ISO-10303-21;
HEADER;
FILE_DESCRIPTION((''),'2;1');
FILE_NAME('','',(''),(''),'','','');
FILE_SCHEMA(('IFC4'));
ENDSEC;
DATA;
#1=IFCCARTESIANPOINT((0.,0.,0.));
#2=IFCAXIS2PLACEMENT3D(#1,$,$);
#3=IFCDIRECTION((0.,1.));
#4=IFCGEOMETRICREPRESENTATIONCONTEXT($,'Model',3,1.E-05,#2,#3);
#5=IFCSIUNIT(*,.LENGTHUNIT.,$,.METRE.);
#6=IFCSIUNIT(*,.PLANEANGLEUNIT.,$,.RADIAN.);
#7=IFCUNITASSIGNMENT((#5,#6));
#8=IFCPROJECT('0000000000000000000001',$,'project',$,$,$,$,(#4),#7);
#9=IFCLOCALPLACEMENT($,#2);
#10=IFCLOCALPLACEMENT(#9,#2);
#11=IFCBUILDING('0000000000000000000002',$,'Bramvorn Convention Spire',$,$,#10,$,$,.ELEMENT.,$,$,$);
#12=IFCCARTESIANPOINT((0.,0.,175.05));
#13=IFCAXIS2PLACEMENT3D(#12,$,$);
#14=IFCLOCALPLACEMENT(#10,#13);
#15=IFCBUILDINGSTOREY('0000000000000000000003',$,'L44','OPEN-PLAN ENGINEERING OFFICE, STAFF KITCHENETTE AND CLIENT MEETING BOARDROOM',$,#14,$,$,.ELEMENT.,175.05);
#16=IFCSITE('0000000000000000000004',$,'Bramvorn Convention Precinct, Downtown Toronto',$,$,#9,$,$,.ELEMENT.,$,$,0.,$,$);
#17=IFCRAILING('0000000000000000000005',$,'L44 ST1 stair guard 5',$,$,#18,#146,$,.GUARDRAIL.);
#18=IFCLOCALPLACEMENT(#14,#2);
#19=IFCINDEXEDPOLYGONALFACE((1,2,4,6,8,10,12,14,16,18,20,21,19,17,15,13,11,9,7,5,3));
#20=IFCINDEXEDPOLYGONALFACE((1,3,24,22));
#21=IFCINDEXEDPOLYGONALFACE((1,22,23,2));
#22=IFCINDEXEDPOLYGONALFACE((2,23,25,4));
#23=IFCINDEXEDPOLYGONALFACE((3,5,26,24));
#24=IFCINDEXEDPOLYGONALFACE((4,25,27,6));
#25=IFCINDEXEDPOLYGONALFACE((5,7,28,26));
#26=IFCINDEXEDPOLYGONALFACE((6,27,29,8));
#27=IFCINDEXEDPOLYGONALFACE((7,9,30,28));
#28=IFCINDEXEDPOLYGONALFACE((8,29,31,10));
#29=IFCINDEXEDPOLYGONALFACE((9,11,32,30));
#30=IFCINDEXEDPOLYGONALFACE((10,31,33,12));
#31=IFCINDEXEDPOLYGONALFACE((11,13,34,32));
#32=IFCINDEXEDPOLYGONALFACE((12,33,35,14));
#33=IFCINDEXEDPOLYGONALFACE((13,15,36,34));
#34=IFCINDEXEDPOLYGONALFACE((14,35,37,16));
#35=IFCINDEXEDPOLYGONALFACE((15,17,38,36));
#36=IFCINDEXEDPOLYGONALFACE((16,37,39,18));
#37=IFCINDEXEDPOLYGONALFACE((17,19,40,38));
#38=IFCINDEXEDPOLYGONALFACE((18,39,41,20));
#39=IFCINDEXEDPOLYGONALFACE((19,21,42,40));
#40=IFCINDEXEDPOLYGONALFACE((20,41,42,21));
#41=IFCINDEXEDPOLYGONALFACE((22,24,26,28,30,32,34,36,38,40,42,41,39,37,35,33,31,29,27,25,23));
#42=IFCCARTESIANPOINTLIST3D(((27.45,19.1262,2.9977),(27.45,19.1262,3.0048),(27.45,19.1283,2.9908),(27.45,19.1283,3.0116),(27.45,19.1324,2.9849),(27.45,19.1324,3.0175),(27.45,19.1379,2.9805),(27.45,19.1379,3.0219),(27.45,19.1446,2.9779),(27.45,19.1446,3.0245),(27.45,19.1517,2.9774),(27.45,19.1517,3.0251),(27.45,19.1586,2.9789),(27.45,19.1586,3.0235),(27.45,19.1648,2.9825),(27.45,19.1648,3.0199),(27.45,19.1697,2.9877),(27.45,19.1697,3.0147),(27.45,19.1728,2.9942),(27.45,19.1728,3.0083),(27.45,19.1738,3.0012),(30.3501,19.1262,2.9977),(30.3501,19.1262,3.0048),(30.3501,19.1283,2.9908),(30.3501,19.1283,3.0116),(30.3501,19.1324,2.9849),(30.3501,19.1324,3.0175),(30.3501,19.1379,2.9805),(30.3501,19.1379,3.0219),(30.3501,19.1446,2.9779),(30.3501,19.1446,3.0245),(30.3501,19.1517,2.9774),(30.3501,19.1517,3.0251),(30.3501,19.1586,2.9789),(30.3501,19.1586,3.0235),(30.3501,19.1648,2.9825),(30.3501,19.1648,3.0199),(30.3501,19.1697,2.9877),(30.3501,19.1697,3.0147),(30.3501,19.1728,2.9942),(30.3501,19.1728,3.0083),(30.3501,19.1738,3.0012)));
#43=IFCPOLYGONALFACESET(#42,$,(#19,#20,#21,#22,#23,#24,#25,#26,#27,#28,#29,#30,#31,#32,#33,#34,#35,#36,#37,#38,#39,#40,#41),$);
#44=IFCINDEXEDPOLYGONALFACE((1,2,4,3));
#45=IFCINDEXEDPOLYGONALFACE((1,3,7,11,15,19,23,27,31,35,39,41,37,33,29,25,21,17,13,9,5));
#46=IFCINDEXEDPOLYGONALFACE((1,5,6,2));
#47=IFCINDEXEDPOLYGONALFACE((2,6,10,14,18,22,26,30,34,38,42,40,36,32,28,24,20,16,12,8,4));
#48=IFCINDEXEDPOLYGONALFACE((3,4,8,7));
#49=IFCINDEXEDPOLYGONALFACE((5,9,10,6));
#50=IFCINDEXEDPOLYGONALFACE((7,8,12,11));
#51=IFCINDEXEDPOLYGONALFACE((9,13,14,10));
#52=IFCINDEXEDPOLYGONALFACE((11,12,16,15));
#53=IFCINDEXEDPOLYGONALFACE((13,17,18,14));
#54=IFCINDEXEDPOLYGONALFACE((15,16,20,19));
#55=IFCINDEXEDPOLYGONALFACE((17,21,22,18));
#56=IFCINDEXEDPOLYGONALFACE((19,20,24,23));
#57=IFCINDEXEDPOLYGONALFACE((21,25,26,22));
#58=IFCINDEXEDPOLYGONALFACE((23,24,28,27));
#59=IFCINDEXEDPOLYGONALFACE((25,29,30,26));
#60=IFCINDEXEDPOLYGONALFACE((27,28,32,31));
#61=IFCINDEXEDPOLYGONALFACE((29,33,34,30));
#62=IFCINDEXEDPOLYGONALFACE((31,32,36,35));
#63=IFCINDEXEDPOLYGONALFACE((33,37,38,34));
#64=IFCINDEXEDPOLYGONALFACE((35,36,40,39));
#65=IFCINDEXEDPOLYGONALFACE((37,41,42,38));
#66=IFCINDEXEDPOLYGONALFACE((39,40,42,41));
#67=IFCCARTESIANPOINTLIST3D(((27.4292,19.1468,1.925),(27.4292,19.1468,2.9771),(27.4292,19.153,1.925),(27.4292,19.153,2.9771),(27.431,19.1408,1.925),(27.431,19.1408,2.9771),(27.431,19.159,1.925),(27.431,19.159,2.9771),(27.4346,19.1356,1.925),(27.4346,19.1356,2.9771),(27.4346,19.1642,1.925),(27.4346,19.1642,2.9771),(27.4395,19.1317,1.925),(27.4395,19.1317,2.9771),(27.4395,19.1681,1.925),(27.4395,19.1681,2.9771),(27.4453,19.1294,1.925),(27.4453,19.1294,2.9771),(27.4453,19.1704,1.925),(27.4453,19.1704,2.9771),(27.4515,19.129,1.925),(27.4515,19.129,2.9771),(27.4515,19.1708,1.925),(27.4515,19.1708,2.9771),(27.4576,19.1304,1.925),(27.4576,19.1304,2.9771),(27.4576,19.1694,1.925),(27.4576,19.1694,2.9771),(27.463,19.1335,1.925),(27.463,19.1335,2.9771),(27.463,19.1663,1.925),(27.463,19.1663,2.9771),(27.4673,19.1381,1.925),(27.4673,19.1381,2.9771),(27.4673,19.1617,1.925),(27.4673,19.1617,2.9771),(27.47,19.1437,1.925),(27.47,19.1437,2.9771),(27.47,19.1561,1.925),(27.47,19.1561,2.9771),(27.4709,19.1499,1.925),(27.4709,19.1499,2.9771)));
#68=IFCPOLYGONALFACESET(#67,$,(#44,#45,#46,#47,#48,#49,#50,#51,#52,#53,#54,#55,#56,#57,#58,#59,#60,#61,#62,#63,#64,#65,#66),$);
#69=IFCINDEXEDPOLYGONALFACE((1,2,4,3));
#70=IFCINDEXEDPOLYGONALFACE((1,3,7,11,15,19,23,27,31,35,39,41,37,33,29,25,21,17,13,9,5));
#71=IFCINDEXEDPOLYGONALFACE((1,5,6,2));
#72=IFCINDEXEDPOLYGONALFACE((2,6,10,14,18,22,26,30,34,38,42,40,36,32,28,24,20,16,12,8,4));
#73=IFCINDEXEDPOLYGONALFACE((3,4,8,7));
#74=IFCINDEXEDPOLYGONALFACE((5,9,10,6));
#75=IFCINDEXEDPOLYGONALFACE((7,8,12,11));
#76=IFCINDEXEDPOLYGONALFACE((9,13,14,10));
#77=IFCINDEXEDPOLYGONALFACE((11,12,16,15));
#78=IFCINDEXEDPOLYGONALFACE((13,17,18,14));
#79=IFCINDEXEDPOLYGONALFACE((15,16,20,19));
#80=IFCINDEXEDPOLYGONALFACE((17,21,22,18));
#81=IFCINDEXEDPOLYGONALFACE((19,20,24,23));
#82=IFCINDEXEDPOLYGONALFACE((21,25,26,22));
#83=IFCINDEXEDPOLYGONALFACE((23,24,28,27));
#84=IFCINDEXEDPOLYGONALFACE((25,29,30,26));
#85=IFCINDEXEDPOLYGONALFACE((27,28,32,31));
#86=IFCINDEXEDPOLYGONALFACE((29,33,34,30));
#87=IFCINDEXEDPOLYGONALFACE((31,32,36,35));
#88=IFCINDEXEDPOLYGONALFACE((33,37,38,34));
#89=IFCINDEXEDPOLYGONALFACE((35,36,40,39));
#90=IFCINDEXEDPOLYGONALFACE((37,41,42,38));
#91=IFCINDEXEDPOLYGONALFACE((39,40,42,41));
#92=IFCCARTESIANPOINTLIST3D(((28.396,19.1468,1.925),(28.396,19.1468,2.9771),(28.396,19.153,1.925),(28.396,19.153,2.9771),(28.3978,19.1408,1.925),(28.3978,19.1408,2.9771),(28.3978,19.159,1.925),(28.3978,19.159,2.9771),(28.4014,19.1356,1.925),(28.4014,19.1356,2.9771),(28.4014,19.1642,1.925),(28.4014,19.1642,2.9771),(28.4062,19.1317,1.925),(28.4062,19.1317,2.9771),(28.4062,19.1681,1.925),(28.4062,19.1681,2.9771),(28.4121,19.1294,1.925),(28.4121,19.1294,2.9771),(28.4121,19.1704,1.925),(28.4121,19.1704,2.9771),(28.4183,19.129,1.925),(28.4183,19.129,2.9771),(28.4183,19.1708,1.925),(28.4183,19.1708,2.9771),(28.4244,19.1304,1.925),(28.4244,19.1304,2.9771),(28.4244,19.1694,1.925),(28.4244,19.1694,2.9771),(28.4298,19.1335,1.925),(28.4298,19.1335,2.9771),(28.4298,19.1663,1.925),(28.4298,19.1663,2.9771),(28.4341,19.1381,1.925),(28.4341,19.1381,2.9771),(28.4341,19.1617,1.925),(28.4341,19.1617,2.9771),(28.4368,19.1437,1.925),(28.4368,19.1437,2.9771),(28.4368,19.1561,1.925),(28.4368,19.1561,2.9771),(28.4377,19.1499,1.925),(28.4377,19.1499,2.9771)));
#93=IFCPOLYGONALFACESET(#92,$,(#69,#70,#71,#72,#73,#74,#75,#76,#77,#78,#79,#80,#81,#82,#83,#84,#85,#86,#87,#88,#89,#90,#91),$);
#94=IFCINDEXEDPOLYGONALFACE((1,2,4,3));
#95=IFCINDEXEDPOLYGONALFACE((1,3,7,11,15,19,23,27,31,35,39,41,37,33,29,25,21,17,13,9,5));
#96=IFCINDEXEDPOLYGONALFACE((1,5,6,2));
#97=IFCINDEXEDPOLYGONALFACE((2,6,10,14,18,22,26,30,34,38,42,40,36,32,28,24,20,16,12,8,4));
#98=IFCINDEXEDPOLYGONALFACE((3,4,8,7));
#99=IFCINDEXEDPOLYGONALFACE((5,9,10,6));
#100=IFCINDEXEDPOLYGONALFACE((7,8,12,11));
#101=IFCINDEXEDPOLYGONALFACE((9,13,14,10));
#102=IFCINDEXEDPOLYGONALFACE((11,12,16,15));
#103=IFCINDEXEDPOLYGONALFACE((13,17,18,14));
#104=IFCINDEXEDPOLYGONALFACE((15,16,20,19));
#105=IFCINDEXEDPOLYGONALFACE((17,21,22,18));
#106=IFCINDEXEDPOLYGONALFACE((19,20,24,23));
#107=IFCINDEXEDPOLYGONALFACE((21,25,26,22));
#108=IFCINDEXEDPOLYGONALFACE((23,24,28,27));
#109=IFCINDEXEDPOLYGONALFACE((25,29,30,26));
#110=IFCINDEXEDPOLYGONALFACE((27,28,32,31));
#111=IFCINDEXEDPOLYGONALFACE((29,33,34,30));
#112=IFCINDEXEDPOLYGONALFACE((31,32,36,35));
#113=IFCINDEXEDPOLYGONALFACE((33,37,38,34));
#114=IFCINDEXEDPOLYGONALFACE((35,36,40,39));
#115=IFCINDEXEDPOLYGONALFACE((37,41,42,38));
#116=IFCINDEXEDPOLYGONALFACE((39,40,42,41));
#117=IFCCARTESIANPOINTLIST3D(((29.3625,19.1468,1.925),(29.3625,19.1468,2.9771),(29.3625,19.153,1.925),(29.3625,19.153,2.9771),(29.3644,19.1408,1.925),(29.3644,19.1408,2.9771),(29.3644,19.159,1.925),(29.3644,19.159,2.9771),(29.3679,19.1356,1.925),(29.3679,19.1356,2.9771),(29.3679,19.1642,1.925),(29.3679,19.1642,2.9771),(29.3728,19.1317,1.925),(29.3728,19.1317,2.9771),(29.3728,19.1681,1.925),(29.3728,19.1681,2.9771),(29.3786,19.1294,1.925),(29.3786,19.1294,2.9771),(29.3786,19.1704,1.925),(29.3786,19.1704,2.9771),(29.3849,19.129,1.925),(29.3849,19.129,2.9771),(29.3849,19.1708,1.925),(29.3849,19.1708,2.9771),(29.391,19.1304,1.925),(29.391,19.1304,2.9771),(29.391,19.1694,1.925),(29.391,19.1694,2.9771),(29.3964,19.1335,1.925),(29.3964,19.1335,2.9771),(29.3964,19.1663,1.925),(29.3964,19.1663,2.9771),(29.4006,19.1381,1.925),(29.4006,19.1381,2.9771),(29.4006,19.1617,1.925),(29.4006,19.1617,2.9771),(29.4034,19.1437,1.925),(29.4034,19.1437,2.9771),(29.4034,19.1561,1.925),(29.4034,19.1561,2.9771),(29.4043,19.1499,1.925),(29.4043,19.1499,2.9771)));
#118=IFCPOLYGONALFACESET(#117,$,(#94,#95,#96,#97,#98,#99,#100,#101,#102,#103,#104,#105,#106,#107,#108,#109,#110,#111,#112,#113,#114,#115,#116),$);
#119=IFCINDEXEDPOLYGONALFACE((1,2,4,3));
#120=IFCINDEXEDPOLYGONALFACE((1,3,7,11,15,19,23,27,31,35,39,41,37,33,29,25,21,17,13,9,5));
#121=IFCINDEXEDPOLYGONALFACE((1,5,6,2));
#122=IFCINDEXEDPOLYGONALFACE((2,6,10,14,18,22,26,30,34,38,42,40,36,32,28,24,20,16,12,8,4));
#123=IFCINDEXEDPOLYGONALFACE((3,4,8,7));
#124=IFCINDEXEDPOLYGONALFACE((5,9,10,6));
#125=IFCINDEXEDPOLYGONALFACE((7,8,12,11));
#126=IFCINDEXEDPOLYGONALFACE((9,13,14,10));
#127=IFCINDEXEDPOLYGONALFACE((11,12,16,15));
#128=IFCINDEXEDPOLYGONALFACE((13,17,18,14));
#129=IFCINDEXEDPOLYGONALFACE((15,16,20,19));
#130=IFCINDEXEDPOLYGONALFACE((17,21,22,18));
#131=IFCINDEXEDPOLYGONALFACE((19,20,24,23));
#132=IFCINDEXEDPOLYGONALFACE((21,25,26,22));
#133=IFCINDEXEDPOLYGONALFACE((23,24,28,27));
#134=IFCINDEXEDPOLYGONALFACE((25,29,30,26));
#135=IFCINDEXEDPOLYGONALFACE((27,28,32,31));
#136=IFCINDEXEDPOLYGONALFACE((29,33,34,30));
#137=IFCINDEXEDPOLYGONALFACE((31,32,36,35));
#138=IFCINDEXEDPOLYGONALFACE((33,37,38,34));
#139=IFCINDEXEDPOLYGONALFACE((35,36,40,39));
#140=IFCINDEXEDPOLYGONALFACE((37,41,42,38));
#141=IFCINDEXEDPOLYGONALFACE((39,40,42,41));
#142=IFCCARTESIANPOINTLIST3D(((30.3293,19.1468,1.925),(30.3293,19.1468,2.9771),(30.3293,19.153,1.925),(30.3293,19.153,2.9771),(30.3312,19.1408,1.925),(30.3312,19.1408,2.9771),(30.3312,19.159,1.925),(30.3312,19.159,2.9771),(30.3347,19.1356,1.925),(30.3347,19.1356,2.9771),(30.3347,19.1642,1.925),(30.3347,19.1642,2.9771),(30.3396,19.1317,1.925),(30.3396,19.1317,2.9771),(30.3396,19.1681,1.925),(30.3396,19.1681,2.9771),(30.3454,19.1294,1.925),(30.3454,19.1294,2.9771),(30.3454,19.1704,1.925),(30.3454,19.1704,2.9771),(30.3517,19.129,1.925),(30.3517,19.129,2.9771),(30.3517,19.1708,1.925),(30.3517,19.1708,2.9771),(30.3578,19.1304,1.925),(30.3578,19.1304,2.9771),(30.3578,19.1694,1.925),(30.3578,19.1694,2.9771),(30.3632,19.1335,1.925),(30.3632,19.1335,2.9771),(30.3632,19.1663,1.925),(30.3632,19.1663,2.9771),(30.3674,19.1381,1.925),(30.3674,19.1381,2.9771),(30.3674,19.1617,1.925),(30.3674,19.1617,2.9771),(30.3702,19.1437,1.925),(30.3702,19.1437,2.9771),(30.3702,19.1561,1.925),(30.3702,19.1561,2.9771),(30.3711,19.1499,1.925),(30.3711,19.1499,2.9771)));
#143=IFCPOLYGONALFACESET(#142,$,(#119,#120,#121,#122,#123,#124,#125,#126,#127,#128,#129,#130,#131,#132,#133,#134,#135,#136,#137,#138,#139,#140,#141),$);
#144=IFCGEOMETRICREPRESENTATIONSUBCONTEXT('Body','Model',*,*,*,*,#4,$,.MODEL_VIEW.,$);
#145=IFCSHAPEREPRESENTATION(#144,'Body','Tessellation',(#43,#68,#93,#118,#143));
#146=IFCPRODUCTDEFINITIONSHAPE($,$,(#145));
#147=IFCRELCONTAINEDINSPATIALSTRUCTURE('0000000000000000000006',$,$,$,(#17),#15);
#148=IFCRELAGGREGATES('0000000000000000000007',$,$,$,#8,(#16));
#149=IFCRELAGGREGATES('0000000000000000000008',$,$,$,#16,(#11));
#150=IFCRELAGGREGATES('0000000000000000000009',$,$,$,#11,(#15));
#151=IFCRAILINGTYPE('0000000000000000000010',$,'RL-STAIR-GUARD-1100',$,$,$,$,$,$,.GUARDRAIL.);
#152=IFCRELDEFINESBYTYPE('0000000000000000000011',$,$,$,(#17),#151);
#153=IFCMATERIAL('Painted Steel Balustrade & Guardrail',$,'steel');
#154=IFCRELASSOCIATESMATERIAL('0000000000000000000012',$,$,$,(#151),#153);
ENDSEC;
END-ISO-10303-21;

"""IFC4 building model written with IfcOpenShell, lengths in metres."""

from ifc_helpers import new_model, si_unit, direction, frame, origin, origin_2d, place, context, subcontext, project, spatial, circle, extrude, material, type_object, element, save


model = new_model("IFC4")

# Units and contexts
model_context = context("Model", 3, precision=1e-05, world=origin(), true_north=direction((0.0, 1.0)))
body_context = subcontext(model_context, "Body", "Model", "MODEL_VIEW")
ifc_project = project(units=[si_unit("LENGTHUNIT", "METRE"), si_unit("PLANEANGLEUNIT", "RADIAN")], contexts=[model_context])

# Site, building, storey
site_placement = place(None, origin())
site = spatial("IfcSite", under=ifc_project, at=site_placement, Name="Bramvorn Convention Precinct, Downtown Toronto", CompositionType="ELEMENT", RefElevation=0.0)
building_placement = place(site_placement, origin())
building = spatial("IfcBuilding", under=site, at=building_placement, Name="Bramvorn Convention Spire", CompositionType="ELEMENT")
storey_placement = place(building_placement, frame((0.0, 0.0, 175.05)))
storey = spatial("IfcBuildingStorey", under=building, at=storey_placement, Name="L44", Description="OPEN-PLAN ENGINEERING OFFICE, STAFF KITCHENETTE AND CLIENT MEETING BOARDROOM", CompositionType="ELEMENT", Elevation=175.05)

# Railing
ifc_material_1 = material(Name="Painted Steel Balustrade & Guardrail", Category="steel")
railing_type = type_object("IfcRailingType", Name="RL-STAIR-GUARD-1100", PredefinedType="GUARDRAIL", material=ifc_material_1)
railing_1_placement = place(storey_placement, frame((27.45, 19.1499, 1.925)))
element("IfcRailing", 1, at=railing_1_placement, inside=storey, type_object=railing_type, Name="L44 ST1 stair guard 5", PredefinedType="GUARDRAIL", context=body_context, shape_type="SweptSolid", body=[
    extrude(circle(Radius=0.0239, at=origin_2d()), frame((0.0, 0.0, 1.0762), z_axis=(1.0, 0.0, 0.0), x_axis=(0.0, 1.0, 0.0)), (0.0, 0.0, 1.0), 2.9001),
    extrude(circle(Radius=0.021, at=origin_2d()), origin(), (0.0, 0.0, 1.0), 1.052),
    extrude(circle(Radius=0.021, at=origin_2d()), frame((0.9668, 0.0, 0.0)), (0.0, 0.0, 1.0), 1.052),
    extrude(circle(Radius=0.021, at=origin_2d()), frame((1.9333, 0.0, 0.0)), (0.0, 0.0, 1.0), 1.052),
    extrude(circle(Radius=0.021, at=origin_2d()), frame((2.9001, 0.0, 0.0)), (0.0, 0.0, 1.0), 1.052),
])

save(model, "model.ifc")
